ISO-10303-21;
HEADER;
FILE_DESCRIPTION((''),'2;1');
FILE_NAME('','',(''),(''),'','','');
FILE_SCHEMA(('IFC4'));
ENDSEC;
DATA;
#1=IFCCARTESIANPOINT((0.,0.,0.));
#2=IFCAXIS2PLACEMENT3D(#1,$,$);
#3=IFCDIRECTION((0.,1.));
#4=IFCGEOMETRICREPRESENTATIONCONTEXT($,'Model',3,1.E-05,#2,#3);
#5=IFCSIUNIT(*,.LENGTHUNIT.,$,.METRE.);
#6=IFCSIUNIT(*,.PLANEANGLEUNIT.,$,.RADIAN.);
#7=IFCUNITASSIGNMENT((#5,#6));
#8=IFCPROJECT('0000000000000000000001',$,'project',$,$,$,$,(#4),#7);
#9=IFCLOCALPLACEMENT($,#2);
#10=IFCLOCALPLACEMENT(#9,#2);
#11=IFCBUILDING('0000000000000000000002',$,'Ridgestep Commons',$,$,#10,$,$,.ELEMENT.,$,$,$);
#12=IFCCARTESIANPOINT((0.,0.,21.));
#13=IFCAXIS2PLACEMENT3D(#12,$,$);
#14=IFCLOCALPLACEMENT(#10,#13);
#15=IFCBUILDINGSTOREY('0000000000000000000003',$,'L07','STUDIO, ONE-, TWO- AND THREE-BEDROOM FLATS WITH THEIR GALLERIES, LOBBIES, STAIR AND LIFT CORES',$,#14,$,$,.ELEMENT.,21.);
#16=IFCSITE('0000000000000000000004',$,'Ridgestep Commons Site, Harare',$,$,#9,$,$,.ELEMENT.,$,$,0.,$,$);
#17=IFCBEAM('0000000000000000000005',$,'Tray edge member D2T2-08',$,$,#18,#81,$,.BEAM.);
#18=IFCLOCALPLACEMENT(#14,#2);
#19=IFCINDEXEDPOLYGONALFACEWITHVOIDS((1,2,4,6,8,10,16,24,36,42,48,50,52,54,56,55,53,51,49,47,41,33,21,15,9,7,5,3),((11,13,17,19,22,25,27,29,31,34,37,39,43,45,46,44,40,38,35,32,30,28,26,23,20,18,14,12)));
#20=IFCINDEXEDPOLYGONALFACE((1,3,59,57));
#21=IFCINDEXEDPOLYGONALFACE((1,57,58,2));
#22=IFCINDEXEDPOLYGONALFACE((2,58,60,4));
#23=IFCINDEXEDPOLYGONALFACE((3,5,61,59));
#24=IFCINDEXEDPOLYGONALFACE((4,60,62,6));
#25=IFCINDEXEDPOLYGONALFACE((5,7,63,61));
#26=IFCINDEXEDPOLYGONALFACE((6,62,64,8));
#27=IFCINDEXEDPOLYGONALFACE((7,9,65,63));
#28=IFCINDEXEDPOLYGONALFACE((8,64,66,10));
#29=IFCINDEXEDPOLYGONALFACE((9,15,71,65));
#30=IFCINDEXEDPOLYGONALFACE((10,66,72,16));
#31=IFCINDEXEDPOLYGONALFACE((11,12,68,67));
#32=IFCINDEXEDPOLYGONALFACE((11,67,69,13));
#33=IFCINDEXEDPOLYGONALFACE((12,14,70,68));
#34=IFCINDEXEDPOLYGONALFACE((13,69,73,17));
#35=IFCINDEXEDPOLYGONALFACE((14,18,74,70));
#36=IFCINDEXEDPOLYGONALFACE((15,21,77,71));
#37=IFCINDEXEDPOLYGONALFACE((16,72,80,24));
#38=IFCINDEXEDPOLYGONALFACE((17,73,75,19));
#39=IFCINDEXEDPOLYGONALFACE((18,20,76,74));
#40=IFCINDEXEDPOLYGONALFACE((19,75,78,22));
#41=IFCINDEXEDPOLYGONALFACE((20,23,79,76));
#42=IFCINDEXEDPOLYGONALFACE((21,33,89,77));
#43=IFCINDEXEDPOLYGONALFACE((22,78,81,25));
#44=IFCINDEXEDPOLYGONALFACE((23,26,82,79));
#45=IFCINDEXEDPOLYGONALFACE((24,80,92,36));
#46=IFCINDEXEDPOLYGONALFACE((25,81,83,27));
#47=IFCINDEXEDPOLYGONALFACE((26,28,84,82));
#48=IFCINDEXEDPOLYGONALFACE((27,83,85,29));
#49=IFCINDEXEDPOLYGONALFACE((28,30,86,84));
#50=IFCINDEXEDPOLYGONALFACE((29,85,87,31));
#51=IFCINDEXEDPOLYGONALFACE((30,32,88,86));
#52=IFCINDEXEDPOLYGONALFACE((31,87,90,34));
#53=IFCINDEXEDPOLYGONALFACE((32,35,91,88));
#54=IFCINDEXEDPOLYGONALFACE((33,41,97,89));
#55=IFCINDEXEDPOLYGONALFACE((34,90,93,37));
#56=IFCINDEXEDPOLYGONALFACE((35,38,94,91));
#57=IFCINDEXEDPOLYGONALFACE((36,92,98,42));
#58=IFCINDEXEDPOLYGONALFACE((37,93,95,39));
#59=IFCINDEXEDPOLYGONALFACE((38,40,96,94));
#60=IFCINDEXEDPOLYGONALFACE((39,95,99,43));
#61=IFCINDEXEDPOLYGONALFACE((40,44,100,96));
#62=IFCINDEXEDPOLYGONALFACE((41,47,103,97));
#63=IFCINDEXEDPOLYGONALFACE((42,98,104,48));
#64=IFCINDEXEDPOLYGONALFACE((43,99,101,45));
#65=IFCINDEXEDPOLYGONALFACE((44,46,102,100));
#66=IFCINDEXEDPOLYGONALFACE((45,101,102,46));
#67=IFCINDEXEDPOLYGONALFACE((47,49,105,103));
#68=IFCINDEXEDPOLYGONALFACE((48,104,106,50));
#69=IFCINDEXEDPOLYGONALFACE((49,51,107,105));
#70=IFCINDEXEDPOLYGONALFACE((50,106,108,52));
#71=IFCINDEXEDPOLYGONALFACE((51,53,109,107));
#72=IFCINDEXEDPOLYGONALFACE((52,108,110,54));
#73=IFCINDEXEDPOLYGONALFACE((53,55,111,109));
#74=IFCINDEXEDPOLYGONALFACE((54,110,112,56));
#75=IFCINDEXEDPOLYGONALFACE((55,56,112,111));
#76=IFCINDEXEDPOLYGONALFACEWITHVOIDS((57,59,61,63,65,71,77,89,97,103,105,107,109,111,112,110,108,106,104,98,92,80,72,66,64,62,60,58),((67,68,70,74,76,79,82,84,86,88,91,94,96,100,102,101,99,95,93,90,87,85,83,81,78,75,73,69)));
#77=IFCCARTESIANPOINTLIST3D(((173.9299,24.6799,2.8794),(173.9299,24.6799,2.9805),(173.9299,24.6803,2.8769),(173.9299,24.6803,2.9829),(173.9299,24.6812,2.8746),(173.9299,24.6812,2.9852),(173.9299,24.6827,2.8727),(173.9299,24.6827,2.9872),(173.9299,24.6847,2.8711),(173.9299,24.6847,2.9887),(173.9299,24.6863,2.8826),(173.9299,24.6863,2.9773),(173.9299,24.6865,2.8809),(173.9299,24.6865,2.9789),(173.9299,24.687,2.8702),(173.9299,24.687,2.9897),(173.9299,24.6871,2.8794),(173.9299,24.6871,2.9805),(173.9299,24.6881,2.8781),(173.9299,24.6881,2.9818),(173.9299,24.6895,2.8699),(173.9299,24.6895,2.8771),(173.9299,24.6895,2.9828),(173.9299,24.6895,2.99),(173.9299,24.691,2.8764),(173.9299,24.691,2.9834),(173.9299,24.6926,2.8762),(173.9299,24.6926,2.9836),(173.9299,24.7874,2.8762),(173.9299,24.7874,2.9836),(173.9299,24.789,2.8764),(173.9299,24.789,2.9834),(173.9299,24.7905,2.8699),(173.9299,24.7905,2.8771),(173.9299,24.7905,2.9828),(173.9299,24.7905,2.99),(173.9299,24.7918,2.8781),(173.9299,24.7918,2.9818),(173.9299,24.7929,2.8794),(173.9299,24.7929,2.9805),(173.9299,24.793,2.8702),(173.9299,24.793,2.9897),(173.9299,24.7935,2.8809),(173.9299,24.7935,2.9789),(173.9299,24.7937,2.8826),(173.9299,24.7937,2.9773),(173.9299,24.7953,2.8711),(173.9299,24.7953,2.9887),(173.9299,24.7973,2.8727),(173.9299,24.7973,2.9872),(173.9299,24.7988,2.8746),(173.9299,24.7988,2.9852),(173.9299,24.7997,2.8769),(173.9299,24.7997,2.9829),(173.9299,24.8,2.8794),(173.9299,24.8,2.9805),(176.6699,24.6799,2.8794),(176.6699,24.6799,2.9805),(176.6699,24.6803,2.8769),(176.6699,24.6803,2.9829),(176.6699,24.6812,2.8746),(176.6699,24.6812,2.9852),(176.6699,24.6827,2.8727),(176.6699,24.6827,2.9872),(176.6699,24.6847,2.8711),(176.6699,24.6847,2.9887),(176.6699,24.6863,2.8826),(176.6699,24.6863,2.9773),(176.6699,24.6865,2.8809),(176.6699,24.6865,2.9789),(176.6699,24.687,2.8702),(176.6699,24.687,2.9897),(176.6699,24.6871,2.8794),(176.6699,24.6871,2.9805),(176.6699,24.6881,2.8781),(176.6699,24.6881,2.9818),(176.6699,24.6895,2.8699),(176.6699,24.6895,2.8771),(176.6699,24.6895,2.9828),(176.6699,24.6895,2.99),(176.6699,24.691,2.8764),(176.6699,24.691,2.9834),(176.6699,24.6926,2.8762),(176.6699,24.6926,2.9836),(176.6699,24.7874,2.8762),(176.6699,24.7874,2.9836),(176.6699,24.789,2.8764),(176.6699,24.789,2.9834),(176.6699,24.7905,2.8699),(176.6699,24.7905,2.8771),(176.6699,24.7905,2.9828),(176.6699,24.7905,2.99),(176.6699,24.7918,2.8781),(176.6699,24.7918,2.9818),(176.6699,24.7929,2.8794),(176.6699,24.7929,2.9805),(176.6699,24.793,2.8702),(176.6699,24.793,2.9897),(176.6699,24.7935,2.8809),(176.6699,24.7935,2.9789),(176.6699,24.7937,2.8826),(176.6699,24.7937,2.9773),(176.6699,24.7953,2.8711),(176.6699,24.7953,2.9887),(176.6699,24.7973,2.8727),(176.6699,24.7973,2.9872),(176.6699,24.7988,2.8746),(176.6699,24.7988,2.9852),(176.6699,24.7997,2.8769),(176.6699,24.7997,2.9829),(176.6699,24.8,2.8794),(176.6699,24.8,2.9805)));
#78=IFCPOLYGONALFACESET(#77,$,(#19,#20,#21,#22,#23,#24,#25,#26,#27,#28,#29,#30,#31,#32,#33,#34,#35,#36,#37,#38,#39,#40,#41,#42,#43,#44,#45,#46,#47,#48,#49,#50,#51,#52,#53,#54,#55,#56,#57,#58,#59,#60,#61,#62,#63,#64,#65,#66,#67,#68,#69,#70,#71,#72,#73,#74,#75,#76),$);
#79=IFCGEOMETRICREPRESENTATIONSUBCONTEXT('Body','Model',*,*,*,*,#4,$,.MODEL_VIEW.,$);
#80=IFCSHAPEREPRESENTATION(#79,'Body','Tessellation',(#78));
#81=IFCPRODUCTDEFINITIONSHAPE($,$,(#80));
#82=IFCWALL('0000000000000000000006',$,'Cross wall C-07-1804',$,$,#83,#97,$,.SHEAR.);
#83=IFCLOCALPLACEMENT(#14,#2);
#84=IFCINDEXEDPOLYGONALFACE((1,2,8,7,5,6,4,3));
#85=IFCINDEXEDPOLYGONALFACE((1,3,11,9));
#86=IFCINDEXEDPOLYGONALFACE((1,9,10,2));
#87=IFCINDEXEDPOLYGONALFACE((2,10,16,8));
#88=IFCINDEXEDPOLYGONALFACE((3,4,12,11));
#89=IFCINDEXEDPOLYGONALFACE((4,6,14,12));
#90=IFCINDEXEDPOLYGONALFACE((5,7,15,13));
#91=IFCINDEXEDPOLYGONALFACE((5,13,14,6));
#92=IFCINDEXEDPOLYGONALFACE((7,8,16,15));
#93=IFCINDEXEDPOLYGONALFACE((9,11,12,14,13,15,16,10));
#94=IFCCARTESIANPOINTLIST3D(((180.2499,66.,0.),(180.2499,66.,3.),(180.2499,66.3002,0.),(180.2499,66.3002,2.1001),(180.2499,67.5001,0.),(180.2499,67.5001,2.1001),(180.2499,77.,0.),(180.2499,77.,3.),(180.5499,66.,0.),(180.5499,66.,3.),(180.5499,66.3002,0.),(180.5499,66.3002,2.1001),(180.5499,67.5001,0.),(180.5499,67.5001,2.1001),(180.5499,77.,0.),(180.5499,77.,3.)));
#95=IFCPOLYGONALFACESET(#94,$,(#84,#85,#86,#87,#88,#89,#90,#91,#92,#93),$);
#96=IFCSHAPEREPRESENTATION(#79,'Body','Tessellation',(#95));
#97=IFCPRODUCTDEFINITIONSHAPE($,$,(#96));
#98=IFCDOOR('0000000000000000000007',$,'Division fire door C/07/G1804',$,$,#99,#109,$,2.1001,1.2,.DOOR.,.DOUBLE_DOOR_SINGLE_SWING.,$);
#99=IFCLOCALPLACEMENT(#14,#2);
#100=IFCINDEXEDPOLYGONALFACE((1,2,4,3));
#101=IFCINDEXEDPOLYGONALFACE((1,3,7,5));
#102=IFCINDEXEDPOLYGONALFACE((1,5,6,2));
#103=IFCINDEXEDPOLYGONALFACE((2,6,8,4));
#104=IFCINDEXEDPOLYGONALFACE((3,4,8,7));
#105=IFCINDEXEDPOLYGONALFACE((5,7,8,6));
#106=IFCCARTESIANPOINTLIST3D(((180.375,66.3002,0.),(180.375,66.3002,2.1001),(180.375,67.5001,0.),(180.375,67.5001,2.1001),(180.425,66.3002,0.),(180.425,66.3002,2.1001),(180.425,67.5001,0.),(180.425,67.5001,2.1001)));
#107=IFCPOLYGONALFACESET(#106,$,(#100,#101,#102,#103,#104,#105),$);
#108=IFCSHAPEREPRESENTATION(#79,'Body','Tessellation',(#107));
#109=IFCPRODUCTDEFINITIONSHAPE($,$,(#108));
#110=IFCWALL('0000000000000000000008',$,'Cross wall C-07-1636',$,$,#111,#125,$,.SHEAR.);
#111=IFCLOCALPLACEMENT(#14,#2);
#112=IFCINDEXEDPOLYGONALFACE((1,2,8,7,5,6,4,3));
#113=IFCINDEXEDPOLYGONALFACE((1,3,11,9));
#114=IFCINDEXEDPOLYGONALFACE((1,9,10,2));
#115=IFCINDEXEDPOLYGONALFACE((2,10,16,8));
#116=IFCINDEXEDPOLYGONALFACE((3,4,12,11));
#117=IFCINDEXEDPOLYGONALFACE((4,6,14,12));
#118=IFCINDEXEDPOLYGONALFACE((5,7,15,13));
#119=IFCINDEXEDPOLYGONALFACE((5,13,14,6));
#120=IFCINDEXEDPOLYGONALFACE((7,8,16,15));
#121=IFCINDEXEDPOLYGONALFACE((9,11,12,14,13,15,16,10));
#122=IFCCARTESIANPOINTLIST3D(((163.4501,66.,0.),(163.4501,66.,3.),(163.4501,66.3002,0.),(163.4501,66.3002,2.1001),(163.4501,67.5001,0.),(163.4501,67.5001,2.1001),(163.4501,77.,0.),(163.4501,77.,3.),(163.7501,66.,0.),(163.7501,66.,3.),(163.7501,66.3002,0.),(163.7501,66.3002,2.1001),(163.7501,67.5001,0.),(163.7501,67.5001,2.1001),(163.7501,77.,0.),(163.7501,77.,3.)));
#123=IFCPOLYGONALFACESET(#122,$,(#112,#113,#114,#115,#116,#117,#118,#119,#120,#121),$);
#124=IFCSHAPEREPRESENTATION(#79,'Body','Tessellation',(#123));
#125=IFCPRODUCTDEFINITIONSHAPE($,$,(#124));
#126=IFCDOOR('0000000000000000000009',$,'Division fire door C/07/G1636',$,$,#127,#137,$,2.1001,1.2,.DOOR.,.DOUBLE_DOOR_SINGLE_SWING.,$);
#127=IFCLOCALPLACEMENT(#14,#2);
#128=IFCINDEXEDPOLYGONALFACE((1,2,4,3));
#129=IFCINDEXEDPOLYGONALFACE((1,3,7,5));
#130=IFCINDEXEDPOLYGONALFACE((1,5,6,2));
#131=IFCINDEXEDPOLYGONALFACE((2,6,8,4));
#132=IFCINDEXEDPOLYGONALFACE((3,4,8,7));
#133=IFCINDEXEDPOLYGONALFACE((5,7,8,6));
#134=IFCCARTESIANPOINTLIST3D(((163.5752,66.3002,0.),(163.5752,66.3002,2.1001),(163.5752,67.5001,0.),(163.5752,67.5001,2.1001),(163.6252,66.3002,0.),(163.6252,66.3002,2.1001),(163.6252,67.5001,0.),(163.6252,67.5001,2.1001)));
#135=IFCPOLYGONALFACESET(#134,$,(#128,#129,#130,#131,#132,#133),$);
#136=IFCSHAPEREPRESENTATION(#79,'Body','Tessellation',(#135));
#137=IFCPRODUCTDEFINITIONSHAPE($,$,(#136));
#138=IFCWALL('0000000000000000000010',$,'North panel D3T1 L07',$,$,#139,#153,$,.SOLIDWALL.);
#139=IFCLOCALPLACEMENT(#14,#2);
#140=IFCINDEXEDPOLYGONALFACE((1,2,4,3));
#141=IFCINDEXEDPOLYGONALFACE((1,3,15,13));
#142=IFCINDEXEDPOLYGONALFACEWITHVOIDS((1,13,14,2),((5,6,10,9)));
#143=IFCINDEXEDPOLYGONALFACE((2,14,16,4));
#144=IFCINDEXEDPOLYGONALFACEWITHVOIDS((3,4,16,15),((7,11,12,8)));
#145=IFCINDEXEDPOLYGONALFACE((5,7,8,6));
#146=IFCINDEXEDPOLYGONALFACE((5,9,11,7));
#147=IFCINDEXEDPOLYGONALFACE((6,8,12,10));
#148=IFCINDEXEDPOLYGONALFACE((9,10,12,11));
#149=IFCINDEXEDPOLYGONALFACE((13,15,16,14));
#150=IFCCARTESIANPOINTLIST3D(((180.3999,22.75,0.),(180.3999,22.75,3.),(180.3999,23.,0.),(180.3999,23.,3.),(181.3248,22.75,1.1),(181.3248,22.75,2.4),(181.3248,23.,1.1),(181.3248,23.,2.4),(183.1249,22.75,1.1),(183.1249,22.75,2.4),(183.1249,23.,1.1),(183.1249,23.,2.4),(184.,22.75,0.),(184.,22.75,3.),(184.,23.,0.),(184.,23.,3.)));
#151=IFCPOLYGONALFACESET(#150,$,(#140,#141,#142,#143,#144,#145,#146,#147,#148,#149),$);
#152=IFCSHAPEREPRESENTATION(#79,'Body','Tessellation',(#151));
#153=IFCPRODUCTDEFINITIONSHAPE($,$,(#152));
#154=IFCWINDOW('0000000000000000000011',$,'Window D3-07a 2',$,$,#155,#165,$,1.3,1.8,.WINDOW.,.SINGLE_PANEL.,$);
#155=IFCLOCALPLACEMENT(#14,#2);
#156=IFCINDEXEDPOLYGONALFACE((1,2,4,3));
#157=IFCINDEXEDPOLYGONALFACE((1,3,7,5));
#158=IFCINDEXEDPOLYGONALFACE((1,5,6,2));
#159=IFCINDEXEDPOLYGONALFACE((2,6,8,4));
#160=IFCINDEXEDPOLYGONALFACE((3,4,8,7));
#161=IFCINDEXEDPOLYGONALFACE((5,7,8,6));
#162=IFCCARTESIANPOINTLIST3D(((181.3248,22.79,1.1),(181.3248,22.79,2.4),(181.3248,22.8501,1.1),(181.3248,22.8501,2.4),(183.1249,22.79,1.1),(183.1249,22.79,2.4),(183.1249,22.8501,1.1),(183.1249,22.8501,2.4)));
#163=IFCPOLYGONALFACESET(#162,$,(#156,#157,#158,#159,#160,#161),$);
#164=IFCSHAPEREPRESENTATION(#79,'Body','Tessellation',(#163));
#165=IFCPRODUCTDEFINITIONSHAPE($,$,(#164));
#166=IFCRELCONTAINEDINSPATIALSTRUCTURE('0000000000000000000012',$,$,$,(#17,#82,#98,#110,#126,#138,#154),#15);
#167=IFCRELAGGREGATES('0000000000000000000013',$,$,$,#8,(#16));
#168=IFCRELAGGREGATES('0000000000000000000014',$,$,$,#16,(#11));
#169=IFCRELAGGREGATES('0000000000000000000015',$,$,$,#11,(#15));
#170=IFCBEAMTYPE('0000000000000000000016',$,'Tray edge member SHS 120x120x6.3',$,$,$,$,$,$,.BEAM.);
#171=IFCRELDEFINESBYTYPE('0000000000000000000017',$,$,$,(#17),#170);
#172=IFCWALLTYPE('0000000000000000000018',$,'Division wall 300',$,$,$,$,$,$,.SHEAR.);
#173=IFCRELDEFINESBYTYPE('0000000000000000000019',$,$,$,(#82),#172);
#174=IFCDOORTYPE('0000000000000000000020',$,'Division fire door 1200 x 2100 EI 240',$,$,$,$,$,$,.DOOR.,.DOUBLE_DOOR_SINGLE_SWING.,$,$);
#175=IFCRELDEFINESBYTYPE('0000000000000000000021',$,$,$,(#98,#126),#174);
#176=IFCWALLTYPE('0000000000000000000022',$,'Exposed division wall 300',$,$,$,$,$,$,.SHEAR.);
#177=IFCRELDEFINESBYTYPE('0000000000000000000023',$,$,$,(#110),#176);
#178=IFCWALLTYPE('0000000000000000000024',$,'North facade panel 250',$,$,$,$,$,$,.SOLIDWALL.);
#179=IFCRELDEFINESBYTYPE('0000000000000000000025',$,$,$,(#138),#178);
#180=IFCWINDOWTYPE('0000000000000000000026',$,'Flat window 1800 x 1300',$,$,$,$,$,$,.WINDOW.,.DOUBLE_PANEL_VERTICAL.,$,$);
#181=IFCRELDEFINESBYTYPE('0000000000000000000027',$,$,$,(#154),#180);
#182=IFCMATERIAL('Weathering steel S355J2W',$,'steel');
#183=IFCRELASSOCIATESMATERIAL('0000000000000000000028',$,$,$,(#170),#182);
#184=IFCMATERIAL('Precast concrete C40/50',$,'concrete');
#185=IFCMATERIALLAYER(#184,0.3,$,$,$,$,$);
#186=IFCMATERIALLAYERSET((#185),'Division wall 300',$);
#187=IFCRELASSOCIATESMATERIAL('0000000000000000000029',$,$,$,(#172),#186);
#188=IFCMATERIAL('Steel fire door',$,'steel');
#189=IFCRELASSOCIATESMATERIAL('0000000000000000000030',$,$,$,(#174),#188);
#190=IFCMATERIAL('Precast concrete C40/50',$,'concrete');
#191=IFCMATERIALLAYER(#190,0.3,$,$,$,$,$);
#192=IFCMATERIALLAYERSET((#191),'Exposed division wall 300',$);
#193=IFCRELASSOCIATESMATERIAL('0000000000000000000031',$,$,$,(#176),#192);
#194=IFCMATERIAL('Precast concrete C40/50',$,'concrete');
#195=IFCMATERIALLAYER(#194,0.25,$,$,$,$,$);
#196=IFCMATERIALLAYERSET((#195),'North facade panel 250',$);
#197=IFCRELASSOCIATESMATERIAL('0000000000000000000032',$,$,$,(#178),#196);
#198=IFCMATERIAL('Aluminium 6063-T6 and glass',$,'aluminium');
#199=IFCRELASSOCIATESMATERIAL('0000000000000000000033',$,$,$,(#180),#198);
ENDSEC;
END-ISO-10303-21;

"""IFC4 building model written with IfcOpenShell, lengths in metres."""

from ifc_helpers import new_model, si_unit, direction, frame, frame_2d, origin, origin_2d, place, context, subcontext, project, spatial, rectangle, hollow_rectangle, extrude, material, layer, layer_set, material_profile, profile_set, type_object, element, fill, save


model = new_model("IFC4")

# Units and contexts
model_context = context("Model", 3, precision=1e-05, world=origin(), true_north=direction((0.0, 1.0)))
body_context = subcontext(model_context, "Body", "Model", "MODEL_VIEW")
ifc_project = project(units=[si_unit("LENGTHUNIT", "METRE"), si_unit("PLANEANGLEUNIT", "RADIAN")], contexts=[model_context])

# Site, building, storey
site_placement = place(None, origin())
site = spatial("IfcSite", under=ifc_project, at=site_placement, Name="Ridgestep Commons Site, Harare", CompositionType="ELEMENT", RefElevation=0.0)
building_placement = place(site_placement, origin())
building = spatial("IfcBuilding", under=site, at=building_placement, Name="Ridgestep Commons", CompositionType="ELEMENT")
storey_placement = place(building_placement, frame((0.0, 0.0, 21.0)))
storey = spatial("IfcBuildingStorey", under=building, at=storey_placement, Name="L07", Description="STUDIO, ONE-, TWO- AND THREE-BEDROOM FLATS WITH THEIR GALLERIES, LOBBIES, STAIR AND LIFT CORES", CompositionType="ELEMENT", Elevation=21.0)

# Beam
ifc_material_1 = material(Name="Weathering steel S355J2W", Category="steel")
ifc_material_profile_1 = material_profile(ifc_material_1, hollow_rectangle(XDim=0.1201, YDim=0.1201, WallThickness=0.0063, InnerFilletRadius=0.0063, OuterFilletRadius=0.0095, at=origin_2d()), Name="SHS 120x120x6.3")
ifc_profile_set_1 = profile_set([ifc_material_profile_1], Name="Weathering steel S355J2W")
beam_type_1 = type_object("IfcBeamType", Name="Tray edge member SHS 120x120x6.3", PredefinedType="BEAM", material=ifc_profile_set_1)
beam_placement = place(storey_placement, frame((173.9299, 24.74, 2.9299), z_axis=(1.0, 0.0, 0.0), x_axis=(0.0, 0.0, 1.0)))
element("IfcBeam", 1, at=beam_placement, inside=storey, type_object=beam_type_1, Name="Tray edge member D2T2-08", PredefinedType="BEAM", context=body_context, shape_type="SweptSolid", body=[
    extrude(hollow_rectangle(XDim=0.1201, YDim=0.1201, WallThickness=0.0063, InnerFilletRadius=0.0063, OuterFilletRadius=0.0095, at=origin_2d()), origin(), (0.0, 0.0, 1.0), 2.74),
])

# Walls, openings, doors
ifc_material_2 = material(Name="Precast concrete C40/50", Category="concrete")
ifc_layer_1 = layer(ifc_material_2, 0.3)
ifc_layer_set_1 = layer_set([ifc_layer_1], Name="Division wall 300")
wall_type_1 = type_object("IfcWallType", Name="Division wall 300", PredefinedType="SHEAR", material=ifc_layer_set_1)
wall_1_placement = place(storey_placement, frame((180.3999, 66.0, 0.0), z_axis=(0.0, 0.0, 1.0), x_axis=(0.0, 1.0, 0.0)))
wall_1 = element("IfcWall", 2, at=wall_1_placement, inside=storey, type_object=wall_type_1, Name="Cross wall C-07-1804", PredefinedType="SHEAR", context=body_context, shape_type="SweptSolid", body=[
    extrude(rectangle(XDim=11.0, YDim=0.3, at=frame_2d((5.5, 0.0))), origin(), (0.0, 0.0, 1.0), 3.0),
])
opening_1_placement = place(wall_1_placement, frame((0.3, 0.0, 0.0)))
opening_1 = element("IfcOpeningElement", 3, at=opening_1_placement, cuts=wall_1, PredefinedType="OPENING", context=body_context, shape_type="SweptSolid", body=[
    extrude(rectangle(XDim=1.2, YDim=2.1001, at=frame_2d((0.6001, 1.05))), frame((0.0, 0.1599, 0.0), z_axis=(0.0, -1.0, 0.0), x_axis=(1.0, 0.0, 0.0)), (0.0, 0.0, 1.0), 0.3201),
])
ifc_material_3 = material(Name="Steel fire door", Category="steel")
door_type = type_object("IfcDoorType", Name="Division fire door 1200 x 2100 EI 240", OperationType="DOUBLE_DOOR_SINGLE_SWING", PredefinedType="DOOR", material=ifc_material_3)
door_1_placement = place(opening_1_placement, origin())
door_1 = element("IfcDoor", 4, at=door_1_placement, inside=storey, type_object=door_type, Name="Division fire door C/07/G1804", OperationType="DOUBLE_DOOR_SINGLE_SWING", OverallHeight=2.1001, OverallWidth=1.2, PredefinedType="DOOR", context=body_context, shape_type="SweptSolid", body=[
    extrude(rectangle(XDim=1.2, YDim=2.1001, at=frame_2d((0.6001, 1.05))), frame((0.0, 0.0249, 0.0), z_axis=(0.0, -1.0, 0.0), x_axis=(1.0, 0.0, 0.0)), (0.0, 0.0, 1.0), 0.05),
])
fill(opening_1, door_1)
ifc_material_4 = material(Name="Precast concrete C40/50", Category="concrete")
ifc_layer_2 = layer(ifc_material_4, 0.3)
ifc_layer_set_2 = layer_set([ifc_layer_2], Name="Exposed division wall 300")
wall_type_2 = type_object("IfcWallType", Name="Exposed division wall 300", PredefinedType="SHEAR", material=ifc_layer_set_2)
wall_2_placement = place(storey_placement, frame((163.6001, 66.0, 0.0), z_axis=(0.0, 0.0, 1.0), x_axis=(0.0, 1.0, 0.0)))
wall_2 = element("IfcWall", 5, at=wall_2_placement, inside=storey, type_object=wall_type_2, Name="Cross wall C-07-1636", PredefinedType="SHEAR", context=body_context, shape_type="SweptSolid", body=[
    extrude(rectangle(XDim=11.0, YDim=0.3, at=frame_2d((5.5, 0.0))), origin(), (0.0, 0.0, 1.0), 3.0),
])
opening_2_placement = place(wall_2_placement, frame((0.3, 0.0, 0.0)))
opening_2 = element("IfcOpeningElement", 6, at=opening_2_placement, cuts=wall_2, PredefinedType="OPENING", context=body_context, shape_type="SweptSolid", body=[
    extrude(rectangle(XDim=1.2, YDim=2.1001, at=frame_2d((0.6001, 1.05))), frame((0.0, 0.1599, 0.0), z_axis=(0.0, -1.0, 0.0), x_axis=(1.0, 0.0, 0.0)), (0.0, 0.0, 1.0), 0.3201),
])
door_2_placement = place(opening_2_placement, origin())
door_2 = element("IfcDoor", 7, at=door_2_placement, inside=storey, type_object=door_type, Name="Division fire door C/07/G1636", OperationType="DOUBLE_DOOR_SINGLE_SWING", OverallHeight=2.1001, OverallWidth=1.2, PredefinedType="DOOR", context=body_context, shape_type="SweptSolid", body=[
    extrude(rectangle(XDim=1.2, YDim=2.1001, at=frame_2d((0.6001, 1.05))), frame((0.0, 0.0249, 0.0), z_axis=(0.0, -1.0, 0.0), x_axis=(1.0, 0.0, 0.0)), (0.0, 0.0, 1.0), 0.05),
])
fill(opening_2, door_2)

# Wall, opening, window
ifc_material_5 = material(Name="Precast concrete C40/50", Category="concrete")
ifc_layer_3 = layer(ifc_material_5, 0.25)
ifc_layer_set_3 = layer_set([ifc_layer_3], Name="North facade panel 250")
wall_type_3 = type_object("IfcWallType", Name="North facade panel 250", PredefinedType="SOLIDWALL", material=ifc_layer_set_3)
wall_3_placement = place(storey_placement, frame((180.3999, 22.875, 0.0), z_axis=(0.0, 0.0, 1.0), x_axis=(1.0, 0.0, 0.0)))
wall_3 = element("IfcWall", 8, at=wall_3_placement, inside=storey, type_object=wall_type_3, Name="North panel D3T1 L07", PredefinedType="SOLIDWALL", context=body_context, shape_type="SweptSolid", body=[
    extrude(rectangle(XDim=3.6001, YDim=0.25, at=frame_2d((1.8, 0.0))), origin(), (0.0, 0.0, 1.0), 3.0),
])
opening_3_placement = place(wall_3_placement, frame((0.925, 0.0, 1.1001)))
opening_3 = element("IfcOpeningElement", 9, at=opening_3_placement, cuts=wall_3, PredefinedType="OPENING", context=body_context, shape_type="SweptSolid", body=[
    extrude(rectangle(XDim=1.8, YDim=1.3, at=frame_2d((0.8999, 0.6499))), frame((0.0, 0.135, 0.0), z_axis=(0.0, -1.0, 0.0), x_axis=(1.0, 0.0, 0.0)), (0.0, 0.0, 1.0), 0.27),
])
ifc_material_6 = material(Name="Aluminium 6063-T6 and glass", Category="aluminium")
window_type = type_object("IfcWindowType", Name="Flat window 1800 x 1300", PartitioningType="DOUBLE_PANEL_VERTICAL", PredefinedType="WINDOW", material=ifc_material_6)
window_1_placement = place(opening_3_placement, origin())
window_1 = element("IfcWindow", 10, at=window_1_placement, inside=storey, type_object=window_type, Name="Window D3-07a 2", OverallHeight=1.3, OverallWidth=1.8, PartitioningType="SINGLE_PANEL", PredefinedType="WINDOW", context=body_context, shape_type="SweptSolid", body=[
    extrude(rectangle(XDim=1.8, YDim=1.3, at=frame_2d((0.8999, 0.6499))), frame((0.0, -0.0249, 0.0), z_axis=(0.0, -1.0, 0.0), x_axis=(1.0, 0.0, 0.0)), (0.0, 0.0, 1.0), 0.0601),
])
fill(opening_3, window_1)

save(model, "model.ifc")
